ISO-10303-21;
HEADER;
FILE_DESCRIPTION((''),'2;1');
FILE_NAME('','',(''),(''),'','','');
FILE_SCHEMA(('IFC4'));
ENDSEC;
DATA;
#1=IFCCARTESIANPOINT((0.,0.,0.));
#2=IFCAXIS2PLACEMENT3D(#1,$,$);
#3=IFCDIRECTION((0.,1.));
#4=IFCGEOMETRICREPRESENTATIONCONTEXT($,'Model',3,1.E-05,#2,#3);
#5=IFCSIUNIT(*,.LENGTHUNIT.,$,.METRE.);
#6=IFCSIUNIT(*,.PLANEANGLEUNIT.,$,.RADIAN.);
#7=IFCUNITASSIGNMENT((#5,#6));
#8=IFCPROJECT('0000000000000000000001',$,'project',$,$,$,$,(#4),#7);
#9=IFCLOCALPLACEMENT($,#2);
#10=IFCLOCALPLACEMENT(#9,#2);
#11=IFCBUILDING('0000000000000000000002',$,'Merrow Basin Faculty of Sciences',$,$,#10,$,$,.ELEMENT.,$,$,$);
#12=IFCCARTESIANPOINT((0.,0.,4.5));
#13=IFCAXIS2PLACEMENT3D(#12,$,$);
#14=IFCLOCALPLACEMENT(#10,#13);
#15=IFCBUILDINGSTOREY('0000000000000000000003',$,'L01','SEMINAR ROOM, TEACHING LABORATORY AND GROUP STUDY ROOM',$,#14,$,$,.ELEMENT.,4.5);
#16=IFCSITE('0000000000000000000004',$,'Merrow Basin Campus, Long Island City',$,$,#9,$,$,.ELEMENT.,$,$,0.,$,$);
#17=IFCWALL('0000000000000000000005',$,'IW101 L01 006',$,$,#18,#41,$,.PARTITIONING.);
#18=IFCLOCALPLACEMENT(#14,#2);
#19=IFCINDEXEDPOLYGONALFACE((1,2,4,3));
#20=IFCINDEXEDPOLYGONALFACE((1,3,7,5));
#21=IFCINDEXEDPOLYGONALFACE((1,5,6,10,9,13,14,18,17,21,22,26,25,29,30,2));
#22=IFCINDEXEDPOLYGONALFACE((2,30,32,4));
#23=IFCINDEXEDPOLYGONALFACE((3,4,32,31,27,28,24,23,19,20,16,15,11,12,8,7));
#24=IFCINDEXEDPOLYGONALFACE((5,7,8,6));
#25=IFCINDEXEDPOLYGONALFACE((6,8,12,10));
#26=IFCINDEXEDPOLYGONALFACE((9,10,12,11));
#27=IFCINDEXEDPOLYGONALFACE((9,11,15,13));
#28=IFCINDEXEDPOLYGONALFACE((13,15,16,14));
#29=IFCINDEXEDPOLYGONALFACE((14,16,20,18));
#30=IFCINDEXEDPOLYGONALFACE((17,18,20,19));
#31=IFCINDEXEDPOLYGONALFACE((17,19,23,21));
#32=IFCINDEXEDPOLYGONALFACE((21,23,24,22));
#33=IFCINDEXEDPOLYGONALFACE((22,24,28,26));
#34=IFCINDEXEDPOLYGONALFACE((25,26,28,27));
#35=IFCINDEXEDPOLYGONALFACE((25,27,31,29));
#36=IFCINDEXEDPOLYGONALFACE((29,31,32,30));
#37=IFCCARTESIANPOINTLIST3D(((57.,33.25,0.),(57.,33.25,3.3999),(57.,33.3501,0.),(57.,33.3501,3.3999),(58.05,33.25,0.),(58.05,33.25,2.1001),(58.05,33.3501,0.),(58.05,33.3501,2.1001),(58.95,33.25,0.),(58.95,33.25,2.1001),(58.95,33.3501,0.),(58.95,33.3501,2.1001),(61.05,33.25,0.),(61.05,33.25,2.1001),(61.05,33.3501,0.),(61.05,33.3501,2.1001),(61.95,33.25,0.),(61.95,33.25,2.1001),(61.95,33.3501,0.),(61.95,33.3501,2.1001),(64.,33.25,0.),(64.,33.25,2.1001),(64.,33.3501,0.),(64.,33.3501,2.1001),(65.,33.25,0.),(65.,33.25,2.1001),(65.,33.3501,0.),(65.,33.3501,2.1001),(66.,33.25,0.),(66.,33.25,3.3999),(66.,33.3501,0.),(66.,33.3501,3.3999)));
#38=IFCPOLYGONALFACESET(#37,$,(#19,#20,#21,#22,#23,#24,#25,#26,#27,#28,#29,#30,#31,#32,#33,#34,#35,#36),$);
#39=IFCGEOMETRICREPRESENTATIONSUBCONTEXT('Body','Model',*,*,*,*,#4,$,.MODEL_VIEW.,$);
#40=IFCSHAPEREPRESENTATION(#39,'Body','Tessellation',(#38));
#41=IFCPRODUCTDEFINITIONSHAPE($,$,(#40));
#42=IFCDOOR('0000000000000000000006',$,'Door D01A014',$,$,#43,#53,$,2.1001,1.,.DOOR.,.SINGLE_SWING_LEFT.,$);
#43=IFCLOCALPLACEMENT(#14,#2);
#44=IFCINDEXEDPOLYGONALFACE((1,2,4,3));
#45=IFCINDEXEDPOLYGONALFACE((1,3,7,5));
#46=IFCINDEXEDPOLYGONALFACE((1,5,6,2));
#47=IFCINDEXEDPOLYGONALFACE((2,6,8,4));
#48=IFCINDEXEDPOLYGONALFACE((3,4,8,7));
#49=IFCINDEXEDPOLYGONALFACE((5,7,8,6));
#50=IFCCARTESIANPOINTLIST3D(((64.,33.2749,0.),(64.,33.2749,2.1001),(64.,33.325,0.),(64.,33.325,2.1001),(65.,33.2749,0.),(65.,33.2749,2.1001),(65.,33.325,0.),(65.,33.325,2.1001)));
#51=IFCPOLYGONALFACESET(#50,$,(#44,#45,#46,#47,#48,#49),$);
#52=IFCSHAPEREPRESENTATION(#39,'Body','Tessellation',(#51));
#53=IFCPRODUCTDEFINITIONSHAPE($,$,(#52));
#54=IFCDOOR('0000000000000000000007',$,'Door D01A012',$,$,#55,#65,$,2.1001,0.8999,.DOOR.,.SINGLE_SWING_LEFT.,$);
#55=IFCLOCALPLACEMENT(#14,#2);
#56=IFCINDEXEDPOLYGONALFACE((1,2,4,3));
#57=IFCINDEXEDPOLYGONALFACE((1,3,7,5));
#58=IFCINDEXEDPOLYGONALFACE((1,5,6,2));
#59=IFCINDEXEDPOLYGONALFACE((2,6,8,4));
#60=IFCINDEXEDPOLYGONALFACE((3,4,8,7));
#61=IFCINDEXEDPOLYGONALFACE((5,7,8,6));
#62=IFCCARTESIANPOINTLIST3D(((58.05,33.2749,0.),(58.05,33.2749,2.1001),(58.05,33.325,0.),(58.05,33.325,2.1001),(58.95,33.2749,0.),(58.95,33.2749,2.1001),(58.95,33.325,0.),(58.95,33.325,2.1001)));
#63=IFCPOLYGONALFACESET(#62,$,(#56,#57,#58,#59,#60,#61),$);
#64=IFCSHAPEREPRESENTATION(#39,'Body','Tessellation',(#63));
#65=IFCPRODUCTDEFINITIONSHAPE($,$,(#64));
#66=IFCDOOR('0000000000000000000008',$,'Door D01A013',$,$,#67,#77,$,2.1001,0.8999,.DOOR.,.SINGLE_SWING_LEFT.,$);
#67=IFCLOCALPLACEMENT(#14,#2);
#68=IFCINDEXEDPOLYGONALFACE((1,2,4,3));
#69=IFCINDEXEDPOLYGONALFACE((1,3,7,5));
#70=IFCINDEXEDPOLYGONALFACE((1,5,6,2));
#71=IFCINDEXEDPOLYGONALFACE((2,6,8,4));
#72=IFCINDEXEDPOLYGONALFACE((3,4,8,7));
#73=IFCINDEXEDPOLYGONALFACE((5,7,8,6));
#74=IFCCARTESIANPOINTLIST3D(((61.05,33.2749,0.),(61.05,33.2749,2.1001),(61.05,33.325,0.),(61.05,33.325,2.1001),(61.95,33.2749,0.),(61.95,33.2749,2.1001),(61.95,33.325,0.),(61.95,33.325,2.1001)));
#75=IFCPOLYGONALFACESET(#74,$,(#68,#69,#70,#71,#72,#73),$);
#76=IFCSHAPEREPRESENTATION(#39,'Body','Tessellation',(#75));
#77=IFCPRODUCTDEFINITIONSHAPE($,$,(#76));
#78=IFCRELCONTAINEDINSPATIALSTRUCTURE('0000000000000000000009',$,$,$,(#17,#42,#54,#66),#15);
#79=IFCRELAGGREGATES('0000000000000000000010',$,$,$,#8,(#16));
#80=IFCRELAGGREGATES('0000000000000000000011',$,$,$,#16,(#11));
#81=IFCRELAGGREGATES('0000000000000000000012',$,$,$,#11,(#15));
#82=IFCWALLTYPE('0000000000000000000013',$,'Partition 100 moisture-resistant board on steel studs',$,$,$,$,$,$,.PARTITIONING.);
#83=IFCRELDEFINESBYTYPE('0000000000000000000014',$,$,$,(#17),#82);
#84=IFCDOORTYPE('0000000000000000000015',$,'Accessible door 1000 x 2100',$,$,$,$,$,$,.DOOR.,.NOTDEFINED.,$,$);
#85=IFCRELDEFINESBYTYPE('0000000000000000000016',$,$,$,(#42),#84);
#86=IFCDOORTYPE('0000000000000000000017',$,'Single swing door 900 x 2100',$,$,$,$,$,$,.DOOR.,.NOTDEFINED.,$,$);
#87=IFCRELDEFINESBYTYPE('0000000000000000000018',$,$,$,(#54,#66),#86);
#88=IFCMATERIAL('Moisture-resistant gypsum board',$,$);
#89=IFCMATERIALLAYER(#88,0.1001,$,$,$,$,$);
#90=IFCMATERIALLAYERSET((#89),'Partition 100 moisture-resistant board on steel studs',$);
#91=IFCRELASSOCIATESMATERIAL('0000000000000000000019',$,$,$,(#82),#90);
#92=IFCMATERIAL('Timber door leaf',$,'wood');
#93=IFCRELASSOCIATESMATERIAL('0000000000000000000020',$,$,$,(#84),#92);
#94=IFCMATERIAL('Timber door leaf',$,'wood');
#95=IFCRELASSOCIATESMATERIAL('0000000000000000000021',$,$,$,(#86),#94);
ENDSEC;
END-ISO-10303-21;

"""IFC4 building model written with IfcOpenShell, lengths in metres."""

from ifc_helpers import new_model, si_unit, direction, frame, frame_2d, origin, place, context, subcontext, project, spatial, rectangle, extrude, material, layer, layer_set, type_object, element, fill, save


model = new_model("IFC4")

# Units and contexts
model_context = context("Model", 3, precision=1e-05, world=origin(), true_north=direction((0.0, 1.0)))
body_context = subcontext(model_context, "Body", "Model", "MODEL_VIEW")
ifc_project = project(units=[si_unit("LENGTHUNIT", "METRE"), si_unit("PLANEANGLEUNIT", "RADIAN")], contexts=[model_context])

# Site, building, storey
site_placement = place(None, origin())
site = spatial("IfcSite", under=ifc_project, at=site_placement, Name="Merrow Basin Campus, Long Island City", CompositionType="ELEMENT", RefElevation=0.0)
building_placement = place(site_placement, origin())
building = spatial("IfcBuilding", under=site, at=building_placement, Name="Merrow Basin Faculty of Sciences", CompositionType="ELEMENT")
storey_placement = place(building_placement, frame((0.0, 0.0, 4.5)))
storey = spatial("IfcBuildingStorey", under=building, at=storey_placement, Name="L01", Description="SEMINAR ROOM, TEACHING LABORATORY AND GROUP STUDY ROOM", CompositionType="ELEMENT", Elevation=4.5)

# Shared definitions
ifc_material_1 = material(Name="Moisture-resistant gypsum board")
ifc_layer_1 = layer(ifc_material_1, 0.1001)
ifc_layer_set_1 = layer_set([ifc_layer_1], Name="Partition 100 moisture-resistant board on steel studs")
wall_type_1 = type_object("IfcWallType", Name="Partition 100 moisture-resistant board on steel studs", PredefinedType="PARTITIONING", material=ifc_layer_set_1)

# Wall, openings, doors
wall_1_placement = place(storey_placement, frame((57.0, 33.3, 0.0), z_axis=(0.0, 0.0, 1.0), x_axis=(1.0, 0.0, 0.0)))
wall_1 = element("IfcWall", 1, at=wall_1_placement, inside=storey, type_object=wall_type_1, Name="IW101 L01 006", PredefinedType="PARTITIONING", context=body_context, shape_type="SweptSolid", body=[
    extrude(rectangle(XDim=9.0, YDim=0.1001, at=frame_2d((4.5, 0.0))), origin(), (0.0, 0.0, 1.0), 3.3999),
])
opening_1_placement = place(wall_1_placement, frame((1.05, 0.0, 0.0)))
opening_1 = element("IfcOpeningElement", 2, at=opening_1_placement, cuts=wall_1, PredefinedType="OPENING", context=body_context, shape_type="SweptSolid", body=[
    extrude(rectangle(XDim=0.8999, YDim=2.1001, at=frame_2d((0.45, 1.05))), frame((0.0, 0.0601, 0.0), z_axis=(0.0, -1.0, 0.0), x_axis=(1.0, 0.0, 0.0)), (0.0, 0.0, 1.0), 0.1201),
])
opening_2_placement = place(wall_1_placement, frame((4.05, 0.0, 0.0)))
opening_2 = element("IfcOpeningElement", 3, at=opening_2_placement, cuts=wall_1, PredefinedType="OPENING", context=body_context, shape_type="SweptSolid", body=[
    extrude(rectangle(XDim=0.8999, YDim=2.1001, at=frame_2d((0.45, 1.05))), frame((0.0, 0.0601, 0.0), z_axis=(0.0, -1.0, 0.0), x_axis=(1.0, 0.0, 0.0)), (0.0, 0.0, 1.0), 0.1201),
])
opening_3_placement = place(wall_1_placement, frame((7.0, 0.0, 0.0)))
opening_3 = element("IfcOpeningElement", 4, at=opening_3_placement, cuts=wall_1, PredefinedType="OPENING", context=body_context, shape_type="SweptSolid", body=[
    extrude(rectangle(XDim=1.0, YDim=2.1001, at=frame_2d((0.5, 1.05))), frame((0.0, 0.0601, 0.0), z_axis=(0.0, -1.0, 0.0), x_axis=(1.0, 0.0, 0.0)), (0.0, 0.0, 1.0), 0.1201),
])
ifc_material_2 = material(Name="Timber door leaf", Category="wood")
door_type_1 = type_object("IfcDoorType", Name="Accessible door 1000 x 2100", OperationType="NOTDEFINED", PredefinedType="DOOR", material=ifc_material_2)
door_1_placement = place(opening_3_placement, origin())
door_1 = element("IfcDoor", 5, at=door_1_placement, inside=storey, type_object=door_type_1, Name="Door D01A014", OperationType="SINGLE_SWING_LEFT", OverallHeight=2.1001, OverallWidth=1.0, PredefinedType="DOOR", context=body_context, shape_type="SweptSolid", body=[
    extrude(rectangle(XDim=1.0, YDim=2.1001, at=frame_2d((0.5, 1.05))), frame((0.0, 0.0249, 0.0), z_axis=(0.0, -1.0, 0.0), x_axis=(1.0, 0.0, 0.0)), (0.0, 0.0, 1.0), 0.05),
])
fill(opening_3, door_1)
ifc_material_3 = material(Name="Timber door leaf", Category="wood")
door_type_2 = type_object("IfcDoorType", Name="Single swing door 900 x 2100", OperationType="NOTDEFINED", PredefinedType="DOOR", material=ifc_material_3)
door_2_placement = place(opening_1_placement, origin())
door_2 = element("IfcDoor", 6, at=door_2_placement, inside=storey, type_object=door_type_2, Name="Door D01A012", OperationType="SINGLE_SWING_LEFT", OverallHeight=2.1001, OverallWidth=0.8999, PredefinedType="DOOR", context=body_context, shape_type="SweptSolid", body=[
    extrude(rectangle(XDim=0.8999, YDim=2.1001, at=frame_2d((0.45, 1.05))), frame((0.0, 0.0249, 0.0), z_axis=(0.0, -1.0, 0.0), x_axis=(1.0, 0.0, 0.0)), (0.0, 0.0, 1.0), 0.05),
])
fill(opening_1, door_2)
door_3_placement = place(opening_2_placement, origin())
door_3 = element("IfcDoor", 7, at=door_3_placement, inside=storey, type_object=door_type_2, Name="Door D01A013", OperationType="SINGLE_SWING_LEFT", OverallHeight=2.1001, OverallWidth=0.8999, PredefinedType="DOOR", context=body_context, shape_type="SweptSolid", body=[
    extrude(rectangle(XDim=0.8999, YDim=2.1001, at=frame_2d((0.45, 1.05))), frame((0.0, 0.0249, 0.0), z_axis=(0.0, -1.0, 0.0), x_axis=(1.0, 0.0, 0.0)), (0.0, 0.0, 1.0), 0.05),
])
fill(opening_2, door_3)

save(model, "model.ifc")
